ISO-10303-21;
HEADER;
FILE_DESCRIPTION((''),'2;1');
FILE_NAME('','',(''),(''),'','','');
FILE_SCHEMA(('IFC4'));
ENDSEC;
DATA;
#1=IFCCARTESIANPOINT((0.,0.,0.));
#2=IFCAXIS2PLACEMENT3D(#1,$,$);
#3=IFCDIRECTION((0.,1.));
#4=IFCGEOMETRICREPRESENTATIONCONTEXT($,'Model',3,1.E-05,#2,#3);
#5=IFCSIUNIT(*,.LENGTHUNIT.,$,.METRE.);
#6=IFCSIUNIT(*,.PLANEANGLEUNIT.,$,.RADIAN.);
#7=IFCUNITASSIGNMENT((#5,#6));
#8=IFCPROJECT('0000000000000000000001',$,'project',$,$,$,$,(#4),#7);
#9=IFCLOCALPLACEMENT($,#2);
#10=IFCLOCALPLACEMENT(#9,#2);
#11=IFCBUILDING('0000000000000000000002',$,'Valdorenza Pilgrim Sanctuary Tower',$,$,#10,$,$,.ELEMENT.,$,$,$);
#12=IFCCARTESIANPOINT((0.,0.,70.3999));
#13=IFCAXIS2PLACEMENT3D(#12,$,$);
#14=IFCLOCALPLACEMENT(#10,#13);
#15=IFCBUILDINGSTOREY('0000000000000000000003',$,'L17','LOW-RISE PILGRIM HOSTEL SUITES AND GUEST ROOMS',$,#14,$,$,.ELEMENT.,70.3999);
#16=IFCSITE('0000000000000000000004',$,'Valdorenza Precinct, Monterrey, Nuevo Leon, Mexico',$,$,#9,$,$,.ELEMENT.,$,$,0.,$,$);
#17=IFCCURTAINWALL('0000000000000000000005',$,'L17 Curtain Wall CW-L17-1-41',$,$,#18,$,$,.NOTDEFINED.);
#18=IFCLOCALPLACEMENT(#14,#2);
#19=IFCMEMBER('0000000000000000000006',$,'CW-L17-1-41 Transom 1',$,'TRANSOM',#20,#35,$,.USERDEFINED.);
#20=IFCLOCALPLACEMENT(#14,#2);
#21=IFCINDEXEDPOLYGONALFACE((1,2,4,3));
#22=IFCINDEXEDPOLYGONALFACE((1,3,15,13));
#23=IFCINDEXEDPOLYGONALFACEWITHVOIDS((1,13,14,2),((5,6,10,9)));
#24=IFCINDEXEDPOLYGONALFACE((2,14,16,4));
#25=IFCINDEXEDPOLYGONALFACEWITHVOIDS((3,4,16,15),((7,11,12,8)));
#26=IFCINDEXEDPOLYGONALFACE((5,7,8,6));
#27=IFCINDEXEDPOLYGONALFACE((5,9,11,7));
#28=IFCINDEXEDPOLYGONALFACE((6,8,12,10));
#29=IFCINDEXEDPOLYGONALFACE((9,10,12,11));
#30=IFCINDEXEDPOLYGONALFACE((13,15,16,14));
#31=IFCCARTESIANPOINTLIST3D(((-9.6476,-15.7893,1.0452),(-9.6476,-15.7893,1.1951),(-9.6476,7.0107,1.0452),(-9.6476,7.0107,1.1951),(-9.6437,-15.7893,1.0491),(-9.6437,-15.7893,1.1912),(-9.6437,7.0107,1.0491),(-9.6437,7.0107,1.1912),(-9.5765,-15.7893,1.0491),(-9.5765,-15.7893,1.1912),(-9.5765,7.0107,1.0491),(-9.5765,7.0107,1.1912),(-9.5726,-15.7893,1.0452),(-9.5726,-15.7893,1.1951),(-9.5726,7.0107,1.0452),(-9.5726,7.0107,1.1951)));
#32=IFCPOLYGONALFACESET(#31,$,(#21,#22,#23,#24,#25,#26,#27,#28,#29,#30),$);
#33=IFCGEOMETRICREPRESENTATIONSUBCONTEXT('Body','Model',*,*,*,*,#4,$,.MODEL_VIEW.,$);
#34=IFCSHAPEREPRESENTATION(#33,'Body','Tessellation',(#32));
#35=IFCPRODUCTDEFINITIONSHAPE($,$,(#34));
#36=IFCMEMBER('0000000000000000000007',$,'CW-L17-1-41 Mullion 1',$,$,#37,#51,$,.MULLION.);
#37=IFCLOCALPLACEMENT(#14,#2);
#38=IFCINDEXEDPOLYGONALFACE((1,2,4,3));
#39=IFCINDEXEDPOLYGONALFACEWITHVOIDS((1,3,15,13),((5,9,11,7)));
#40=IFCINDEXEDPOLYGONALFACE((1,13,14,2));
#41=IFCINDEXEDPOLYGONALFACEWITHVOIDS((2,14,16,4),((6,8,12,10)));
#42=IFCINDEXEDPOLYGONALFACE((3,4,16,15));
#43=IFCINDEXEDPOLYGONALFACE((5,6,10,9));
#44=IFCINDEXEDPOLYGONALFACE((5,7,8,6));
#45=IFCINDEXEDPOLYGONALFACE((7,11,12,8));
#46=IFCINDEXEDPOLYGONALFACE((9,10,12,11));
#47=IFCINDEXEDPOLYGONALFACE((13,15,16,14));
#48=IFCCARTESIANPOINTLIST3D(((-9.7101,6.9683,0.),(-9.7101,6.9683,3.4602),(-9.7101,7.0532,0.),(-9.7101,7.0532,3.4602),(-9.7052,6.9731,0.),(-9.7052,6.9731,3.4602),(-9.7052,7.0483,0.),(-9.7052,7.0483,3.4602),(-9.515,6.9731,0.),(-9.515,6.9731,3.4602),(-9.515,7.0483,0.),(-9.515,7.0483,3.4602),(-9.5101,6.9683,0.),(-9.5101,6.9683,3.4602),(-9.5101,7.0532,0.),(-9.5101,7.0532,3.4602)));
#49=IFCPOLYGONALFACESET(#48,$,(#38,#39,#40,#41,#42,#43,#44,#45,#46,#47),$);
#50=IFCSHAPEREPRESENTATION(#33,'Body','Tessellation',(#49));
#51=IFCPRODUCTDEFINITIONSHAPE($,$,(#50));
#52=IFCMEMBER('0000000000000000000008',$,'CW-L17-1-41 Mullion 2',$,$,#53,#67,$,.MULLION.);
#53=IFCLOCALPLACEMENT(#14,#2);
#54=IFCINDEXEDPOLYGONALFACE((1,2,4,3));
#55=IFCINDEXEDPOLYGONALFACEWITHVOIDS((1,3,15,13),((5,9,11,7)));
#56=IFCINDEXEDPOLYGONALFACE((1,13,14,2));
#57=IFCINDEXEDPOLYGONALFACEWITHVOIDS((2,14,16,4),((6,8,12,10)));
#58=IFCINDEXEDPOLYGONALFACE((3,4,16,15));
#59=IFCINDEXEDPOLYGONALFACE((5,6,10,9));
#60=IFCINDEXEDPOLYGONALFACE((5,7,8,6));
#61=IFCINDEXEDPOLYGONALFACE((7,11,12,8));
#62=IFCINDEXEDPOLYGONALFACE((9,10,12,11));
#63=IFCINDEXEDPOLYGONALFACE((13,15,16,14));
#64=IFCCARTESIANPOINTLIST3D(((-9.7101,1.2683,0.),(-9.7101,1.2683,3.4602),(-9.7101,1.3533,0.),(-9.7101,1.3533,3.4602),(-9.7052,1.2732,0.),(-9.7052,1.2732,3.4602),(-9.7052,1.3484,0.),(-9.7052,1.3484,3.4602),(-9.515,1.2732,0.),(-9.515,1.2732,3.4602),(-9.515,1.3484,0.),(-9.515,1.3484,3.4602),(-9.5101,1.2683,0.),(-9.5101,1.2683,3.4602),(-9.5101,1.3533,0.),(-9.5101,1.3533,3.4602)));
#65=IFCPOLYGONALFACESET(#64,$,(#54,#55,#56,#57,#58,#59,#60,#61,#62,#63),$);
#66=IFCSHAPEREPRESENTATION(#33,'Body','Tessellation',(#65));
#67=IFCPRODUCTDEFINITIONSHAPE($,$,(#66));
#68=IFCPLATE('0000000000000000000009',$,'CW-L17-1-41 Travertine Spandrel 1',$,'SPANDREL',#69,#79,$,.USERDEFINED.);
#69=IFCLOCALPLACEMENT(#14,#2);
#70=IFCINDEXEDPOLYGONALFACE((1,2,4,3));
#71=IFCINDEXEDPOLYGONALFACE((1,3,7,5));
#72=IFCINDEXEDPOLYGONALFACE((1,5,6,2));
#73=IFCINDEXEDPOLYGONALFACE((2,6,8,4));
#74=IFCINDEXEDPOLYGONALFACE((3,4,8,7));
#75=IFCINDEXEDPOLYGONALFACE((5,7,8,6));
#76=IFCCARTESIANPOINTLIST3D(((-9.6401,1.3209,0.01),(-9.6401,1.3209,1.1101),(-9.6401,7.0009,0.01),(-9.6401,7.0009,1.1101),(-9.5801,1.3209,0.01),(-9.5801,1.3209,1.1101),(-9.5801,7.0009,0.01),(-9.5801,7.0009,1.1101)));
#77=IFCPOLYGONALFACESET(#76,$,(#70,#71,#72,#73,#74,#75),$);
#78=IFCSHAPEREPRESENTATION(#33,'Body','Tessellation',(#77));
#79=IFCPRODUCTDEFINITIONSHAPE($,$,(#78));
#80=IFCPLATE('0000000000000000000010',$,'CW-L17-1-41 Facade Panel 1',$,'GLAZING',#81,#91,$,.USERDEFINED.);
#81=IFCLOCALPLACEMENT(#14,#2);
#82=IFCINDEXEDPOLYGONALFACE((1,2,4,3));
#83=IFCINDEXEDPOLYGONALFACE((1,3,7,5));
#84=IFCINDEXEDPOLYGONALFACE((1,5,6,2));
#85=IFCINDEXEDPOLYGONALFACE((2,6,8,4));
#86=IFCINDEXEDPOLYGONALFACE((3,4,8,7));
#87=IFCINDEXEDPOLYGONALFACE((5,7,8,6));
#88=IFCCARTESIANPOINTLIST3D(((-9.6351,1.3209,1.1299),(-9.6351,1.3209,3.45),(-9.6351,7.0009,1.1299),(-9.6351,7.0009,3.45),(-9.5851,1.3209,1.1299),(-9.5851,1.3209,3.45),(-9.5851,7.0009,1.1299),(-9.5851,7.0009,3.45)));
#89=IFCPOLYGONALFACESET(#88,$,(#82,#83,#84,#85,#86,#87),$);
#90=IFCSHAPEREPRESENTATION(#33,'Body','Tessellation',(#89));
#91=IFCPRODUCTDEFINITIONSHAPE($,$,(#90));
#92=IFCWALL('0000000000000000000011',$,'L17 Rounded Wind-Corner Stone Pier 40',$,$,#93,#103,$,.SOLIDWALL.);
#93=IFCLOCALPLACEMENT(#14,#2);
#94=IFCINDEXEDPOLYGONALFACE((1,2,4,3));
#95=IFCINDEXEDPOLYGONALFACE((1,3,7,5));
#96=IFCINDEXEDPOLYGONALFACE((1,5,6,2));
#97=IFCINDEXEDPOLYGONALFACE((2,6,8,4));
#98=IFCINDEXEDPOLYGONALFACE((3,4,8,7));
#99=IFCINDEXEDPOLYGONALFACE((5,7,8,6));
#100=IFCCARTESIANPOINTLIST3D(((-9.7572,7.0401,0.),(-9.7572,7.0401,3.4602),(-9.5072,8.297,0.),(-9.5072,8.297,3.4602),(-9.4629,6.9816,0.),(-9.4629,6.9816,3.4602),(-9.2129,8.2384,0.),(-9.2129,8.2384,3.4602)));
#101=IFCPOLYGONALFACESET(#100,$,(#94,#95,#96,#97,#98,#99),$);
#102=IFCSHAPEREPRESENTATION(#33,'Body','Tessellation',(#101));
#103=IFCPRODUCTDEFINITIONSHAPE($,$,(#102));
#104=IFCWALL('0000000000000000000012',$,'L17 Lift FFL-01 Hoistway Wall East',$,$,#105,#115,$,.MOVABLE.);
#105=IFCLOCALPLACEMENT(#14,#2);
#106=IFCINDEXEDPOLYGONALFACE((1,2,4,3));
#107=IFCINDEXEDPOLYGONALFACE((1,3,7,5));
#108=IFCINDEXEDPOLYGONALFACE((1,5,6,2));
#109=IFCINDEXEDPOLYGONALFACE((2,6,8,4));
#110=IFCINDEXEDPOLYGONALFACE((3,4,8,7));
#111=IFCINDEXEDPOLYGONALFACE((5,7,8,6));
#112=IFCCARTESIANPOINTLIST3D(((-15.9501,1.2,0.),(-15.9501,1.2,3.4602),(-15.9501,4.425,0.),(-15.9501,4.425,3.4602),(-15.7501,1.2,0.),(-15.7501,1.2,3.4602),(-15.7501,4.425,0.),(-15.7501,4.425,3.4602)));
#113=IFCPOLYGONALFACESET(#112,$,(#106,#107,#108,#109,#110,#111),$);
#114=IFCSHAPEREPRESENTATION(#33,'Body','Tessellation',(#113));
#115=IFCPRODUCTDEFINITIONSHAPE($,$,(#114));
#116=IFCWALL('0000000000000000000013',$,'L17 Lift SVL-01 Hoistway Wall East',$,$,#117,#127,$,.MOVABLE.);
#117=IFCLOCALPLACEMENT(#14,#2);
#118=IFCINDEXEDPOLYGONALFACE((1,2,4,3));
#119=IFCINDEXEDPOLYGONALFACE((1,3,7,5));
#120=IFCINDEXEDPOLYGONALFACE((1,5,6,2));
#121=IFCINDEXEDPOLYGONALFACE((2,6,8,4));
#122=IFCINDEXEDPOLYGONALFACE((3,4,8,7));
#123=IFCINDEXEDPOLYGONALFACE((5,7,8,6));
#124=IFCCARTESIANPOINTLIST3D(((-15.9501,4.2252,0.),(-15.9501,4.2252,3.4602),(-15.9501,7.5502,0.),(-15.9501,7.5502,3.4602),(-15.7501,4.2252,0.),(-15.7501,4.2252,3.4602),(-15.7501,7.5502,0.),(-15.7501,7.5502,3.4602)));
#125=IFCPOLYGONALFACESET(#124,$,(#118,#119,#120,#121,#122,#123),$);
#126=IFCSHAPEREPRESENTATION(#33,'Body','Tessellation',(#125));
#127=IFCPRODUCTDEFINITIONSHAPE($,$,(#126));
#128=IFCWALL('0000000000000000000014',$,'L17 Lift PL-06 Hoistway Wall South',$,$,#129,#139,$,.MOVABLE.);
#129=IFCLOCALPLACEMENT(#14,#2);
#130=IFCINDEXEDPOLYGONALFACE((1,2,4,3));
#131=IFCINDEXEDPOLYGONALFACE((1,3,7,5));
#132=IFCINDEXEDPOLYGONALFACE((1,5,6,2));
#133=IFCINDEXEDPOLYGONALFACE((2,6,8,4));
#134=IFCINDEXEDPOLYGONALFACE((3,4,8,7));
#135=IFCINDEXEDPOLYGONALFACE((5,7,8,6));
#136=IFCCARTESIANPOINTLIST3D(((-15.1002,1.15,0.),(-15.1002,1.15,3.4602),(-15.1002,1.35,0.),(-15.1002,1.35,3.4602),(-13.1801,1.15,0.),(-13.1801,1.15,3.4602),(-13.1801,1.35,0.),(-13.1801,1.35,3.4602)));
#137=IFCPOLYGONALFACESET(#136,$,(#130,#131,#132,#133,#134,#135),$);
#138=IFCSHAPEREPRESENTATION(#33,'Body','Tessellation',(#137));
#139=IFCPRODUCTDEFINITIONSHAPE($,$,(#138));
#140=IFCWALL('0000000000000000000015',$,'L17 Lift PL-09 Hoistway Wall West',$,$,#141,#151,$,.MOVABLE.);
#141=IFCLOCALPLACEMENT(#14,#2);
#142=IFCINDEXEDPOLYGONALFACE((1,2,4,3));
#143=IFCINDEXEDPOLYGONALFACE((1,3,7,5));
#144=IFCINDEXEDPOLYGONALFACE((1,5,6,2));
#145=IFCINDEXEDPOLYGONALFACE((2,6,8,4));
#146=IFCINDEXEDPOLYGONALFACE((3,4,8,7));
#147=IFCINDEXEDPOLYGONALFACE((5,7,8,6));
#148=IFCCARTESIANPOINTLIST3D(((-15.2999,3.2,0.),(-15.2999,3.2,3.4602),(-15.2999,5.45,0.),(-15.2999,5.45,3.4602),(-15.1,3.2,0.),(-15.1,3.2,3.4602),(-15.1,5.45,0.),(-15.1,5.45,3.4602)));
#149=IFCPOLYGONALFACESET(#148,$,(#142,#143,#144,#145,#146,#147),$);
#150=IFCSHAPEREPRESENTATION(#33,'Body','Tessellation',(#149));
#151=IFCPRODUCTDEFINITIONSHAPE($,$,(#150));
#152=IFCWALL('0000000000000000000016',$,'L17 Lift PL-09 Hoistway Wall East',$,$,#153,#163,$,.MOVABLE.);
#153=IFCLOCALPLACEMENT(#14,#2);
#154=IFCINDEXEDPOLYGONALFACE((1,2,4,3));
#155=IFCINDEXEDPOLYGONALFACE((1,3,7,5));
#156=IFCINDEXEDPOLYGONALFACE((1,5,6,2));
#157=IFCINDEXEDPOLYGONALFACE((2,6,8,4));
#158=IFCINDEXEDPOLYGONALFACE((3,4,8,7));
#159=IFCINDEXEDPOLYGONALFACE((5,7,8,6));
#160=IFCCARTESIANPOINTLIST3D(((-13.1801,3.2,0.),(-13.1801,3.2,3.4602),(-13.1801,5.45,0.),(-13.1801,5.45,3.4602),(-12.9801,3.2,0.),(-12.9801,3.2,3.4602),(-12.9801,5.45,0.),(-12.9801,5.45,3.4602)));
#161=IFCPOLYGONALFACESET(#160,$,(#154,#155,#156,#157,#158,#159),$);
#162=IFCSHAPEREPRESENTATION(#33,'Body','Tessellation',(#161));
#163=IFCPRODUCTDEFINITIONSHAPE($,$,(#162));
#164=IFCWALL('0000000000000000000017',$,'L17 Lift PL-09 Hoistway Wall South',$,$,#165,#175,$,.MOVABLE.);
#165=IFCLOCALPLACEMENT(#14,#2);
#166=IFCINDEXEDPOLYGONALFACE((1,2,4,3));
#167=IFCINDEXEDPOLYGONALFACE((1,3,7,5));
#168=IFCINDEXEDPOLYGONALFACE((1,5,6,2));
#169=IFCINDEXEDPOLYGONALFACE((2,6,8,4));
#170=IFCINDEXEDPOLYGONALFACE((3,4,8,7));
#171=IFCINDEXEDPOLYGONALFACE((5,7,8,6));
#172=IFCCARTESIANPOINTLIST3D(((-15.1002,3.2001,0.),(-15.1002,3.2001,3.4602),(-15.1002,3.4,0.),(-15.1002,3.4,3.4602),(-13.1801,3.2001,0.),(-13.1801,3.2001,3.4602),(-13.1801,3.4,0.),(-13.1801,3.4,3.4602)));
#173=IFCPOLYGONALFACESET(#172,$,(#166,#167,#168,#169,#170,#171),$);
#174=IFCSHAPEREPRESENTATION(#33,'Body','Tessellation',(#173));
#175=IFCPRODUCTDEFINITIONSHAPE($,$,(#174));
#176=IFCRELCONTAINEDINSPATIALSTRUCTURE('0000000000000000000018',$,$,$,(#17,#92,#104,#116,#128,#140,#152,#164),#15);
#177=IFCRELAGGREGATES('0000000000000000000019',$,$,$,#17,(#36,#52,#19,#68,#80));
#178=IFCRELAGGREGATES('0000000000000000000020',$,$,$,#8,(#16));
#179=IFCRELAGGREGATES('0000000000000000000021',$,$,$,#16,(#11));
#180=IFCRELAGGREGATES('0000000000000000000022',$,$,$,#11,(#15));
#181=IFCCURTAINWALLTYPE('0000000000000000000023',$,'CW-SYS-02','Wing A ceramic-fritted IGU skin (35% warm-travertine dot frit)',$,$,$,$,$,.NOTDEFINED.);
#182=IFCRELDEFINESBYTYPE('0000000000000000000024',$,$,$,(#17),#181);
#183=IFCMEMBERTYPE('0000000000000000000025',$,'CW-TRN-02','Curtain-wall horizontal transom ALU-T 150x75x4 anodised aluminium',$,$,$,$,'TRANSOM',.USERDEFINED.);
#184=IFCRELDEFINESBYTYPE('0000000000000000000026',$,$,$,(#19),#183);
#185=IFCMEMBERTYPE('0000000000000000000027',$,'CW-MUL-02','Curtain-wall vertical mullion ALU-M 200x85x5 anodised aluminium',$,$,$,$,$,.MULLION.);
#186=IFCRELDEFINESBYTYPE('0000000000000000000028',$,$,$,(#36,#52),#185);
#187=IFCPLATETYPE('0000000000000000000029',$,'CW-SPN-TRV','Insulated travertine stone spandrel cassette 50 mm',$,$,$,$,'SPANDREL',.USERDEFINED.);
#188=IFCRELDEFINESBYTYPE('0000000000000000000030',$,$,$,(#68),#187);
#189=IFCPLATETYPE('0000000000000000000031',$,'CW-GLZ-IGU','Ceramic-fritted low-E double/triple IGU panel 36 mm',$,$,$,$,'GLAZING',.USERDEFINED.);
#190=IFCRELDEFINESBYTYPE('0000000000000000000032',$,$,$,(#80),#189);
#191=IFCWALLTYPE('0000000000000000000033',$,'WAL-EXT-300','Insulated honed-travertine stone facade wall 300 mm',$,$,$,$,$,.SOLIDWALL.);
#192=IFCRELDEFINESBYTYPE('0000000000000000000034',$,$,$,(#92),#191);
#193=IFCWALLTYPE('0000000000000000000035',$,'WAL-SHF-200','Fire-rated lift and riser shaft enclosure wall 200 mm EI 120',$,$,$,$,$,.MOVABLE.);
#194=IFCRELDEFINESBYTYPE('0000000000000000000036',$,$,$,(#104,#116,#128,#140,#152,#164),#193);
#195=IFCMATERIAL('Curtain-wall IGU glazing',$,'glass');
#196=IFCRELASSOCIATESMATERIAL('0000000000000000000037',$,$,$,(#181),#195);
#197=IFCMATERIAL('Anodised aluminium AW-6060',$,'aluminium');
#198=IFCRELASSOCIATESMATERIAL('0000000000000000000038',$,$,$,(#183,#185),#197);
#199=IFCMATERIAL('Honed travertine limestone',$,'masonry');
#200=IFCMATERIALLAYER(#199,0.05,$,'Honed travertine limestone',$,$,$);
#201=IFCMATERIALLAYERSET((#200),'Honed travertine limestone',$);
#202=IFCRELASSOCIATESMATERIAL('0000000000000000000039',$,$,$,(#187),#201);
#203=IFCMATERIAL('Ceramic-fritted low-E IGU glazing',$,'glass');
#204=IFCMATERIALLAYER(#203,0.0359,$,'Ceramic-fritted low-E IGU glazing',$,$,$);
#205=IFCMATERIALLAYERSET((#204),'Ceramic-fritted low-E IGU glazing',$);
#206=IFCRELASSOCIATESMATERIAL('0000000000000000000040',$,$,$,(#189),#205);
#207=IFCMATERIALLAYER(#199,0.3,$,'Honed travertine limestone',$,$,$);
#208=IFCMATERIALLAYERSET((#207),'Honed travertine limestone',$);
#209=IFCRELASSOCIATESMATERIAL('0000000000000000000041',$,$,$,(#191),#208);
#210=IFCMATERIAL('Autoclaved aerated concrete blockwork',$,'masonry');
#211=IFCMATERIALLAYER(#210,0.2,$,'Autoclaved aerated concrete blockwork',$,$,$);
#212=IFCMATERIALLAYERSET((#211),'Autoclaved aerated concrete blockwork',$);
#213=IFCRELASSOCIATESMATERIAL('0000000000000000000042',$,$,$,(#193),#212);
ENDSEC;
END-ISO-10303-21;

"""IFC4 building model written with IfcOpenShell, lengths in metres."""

from ifc_helpers import new_model, si_unit, direction, frame, frame_2d, origin, origin_2d, place, context, subcontext, project, spatial, rectangle, hollow_rectangle, extrude, source, transform, mapped, material, layer, layer_set, material_profile, profile_set, type_object, element, aggregate, save


model = new_model("IFC4")

# Units and contexts
model_context = context("Model", 3, precision=1e-05, world=origin(), true_north=direction((0.0, 1.0)))
body_context = subcontext(model_context, "Body", "Model", "MODEL_VIEW")
ifc_project = project(units=[si_unit("LENGTHUNIT", "METRE"), si_unit("PLANEANGLEUNIT", "RADIAN")], contexts=[model_context])

# Site, building, storey
site_placement = place(None, origin())
site = spatial("IfcSite", under=ifc_project, at=site_placement, Name="Valdorenza Precinct, Monterrey, Nuevo Leon, Mexico", CompositionType="ELEMENT", RefElevation=0.0)
building_placement = place(site_placement, origin())
building = spatial("IfcBuilding", under=site, at=building_placement, Name="Valdorenza Pilgrim Sanctuary Tower", CompositionType="ELEMENT")
storey_placement = place(building_placement, frame((0.0, 0.0, 70.3999)))
storey = spatial("IfcBuildingStorey", under=building, at=storey_placement, Name="L17", Description="LOW-RISE PILGRIM HOSTEL SUITES AND GUEST ROOMS", CompositionType="ELEMENT", Elevation=70.3999)

# Curtain wall, members, plates
ifc_material_1 = material(Name="Curtain-wall IGU glazing", Category="glass")
curtain_wall_type = type_object("IfcCurtainWallType", Name="CW-SYS-02", Description="Wing A ceramic-fritted IGU skin (35% warm-travertine dot frit)", PredefinedType="NOTDEFINED", material=ifc_material_1)
curtain_wall_placement = place(storey_placement, origin())
curtain_wall = element("IfcCurtainWall", 1, at=curtain_wall_placement, inside=storey, type_object=curtain_wall_type, Name="L17 Curtain Wall CW-L17-1-41", PredefinedType="NOTDEFINED")
ifc_material_2 = material(Name="Anodised aluminium AW-6060", Category="aluminium")
ifc_material_profile_1 = material_profile(ifc_material_2, hollow_rectangle(XDim=0.075, YDim=0.1499, WallThickness=0.0039, at=origin_2d()), Name="ALU-T 150x75x4")
ifc_profile_set_1 = profile_set([ifc_material_profile_1], Name="Anodised aluminium AW-6060")
member_type_1 = type_object("IfcMemberType", Name="CW-TRN-02", Description="Curtain-wall horizontal transom ALU-T 150x75x4 anodised aluminium", ElementType="TRANSOM", PredefinedType="USERDEFINED", material=ifc_profile_set_1)
shared_shape_1 = source(origin(), body_context, "Body", "SweptSolid", [
    extrude(hollow_rectangle(XDim=0.075, YDim=0.1499, WallThickness=0.0039, at=origin_2d()), origin(), (0.0, 0.0, 1.0), 22.8),
])
member_1_placement = place(storey_placement, frame((-9.6101, 7.0107, 1.1201), z_axis=(0.0, -1.0, 0.0), x_axis=(1.0, 0.0, 0.0)))
member_1 = element("IfcMember", 2, at=member_1_placement, type_object=member_type_1, Name="CW-L17-1-41 Transom 1", ObjectType="TRANSOM", PredefinedType="USERDEFINED", context=body_context, shape_type="MappedRepresentation", body=[
    mapped(shared_shape_1, transform((0.0, 0.0, 0.0), x_axis=(1.0, 0.0, 0.0), y_axis=(0.0, 1.0, 0.0), z_axis=(0.0, 0.0, 1.0), scale=1.0)),
])
ifc_material_profile_2 = material_profile(ifc_material_2, hollow_rectangle(XDim=0.085, YDim=0.2, WallThickness=0.0049, at=origin_2d()), Name="ALU-M 200x85x5")
ifc_profile_set_2 = profile_set([ifc_material_profile_2], Name="Anodised aluminium AW-6060")
member_type_2 = type_object("IfcMemberType", Name="CW-MUL-02", Description="Curtain-wall vertical mullion ALU-M 200x85x5 anodised aluminium", PredefinedType="MULLION", material=ifc_profile_set_2)
shared_shape_2 = source(origin(), body_context, "Body", "SweptSolid", [
    extrude(hollow_rectangle(XDim=0.085, YDim=0.2, WallThickness=0.0049, at=origin_2d()), origin(), (0.0, 0.0, 1.0), 3.4602),
])
member_2_placement = place(storey_placement, frame((-9.6101, 7.0107, 0.0), z_axis=(0.0, 0.0, 1.0), x_axis=(0.0, -1.0, 0.0)))
member_2 = element("IfcMember", 3, at=member_2_placement, type_object=member_type_2, Name="CW-L17-1-41 Mullion 1", PredefinedType="MULLION", context=body_context, shape_type="MappedRepresentation", body=[
    mapped(shared_shape_2, transform((0.0, 0.0, 0.0), x_axis=(1.0, 0.0, 0.0), y_axis=(0.0, 1.0, 0.0), z_axis=(0.0, 0.0, 1.0), scale=1.0)),
])
member_3_placement = place(storey_placement, frame((-9.6101, 1.3108, 0.0), z_axis=(0.0, 0.0, 1.0), x_axis=(0.0, -1.0, 0.0)))
member_3 = element("IfcMember", 4, at=member_3_placement, type_object=member_type_2, Name="CW-L17-1-41 Mullion 2", PredefinedType="MULLION", context=body_context, shape_type="MappedRepresentation", body=[
    mapped(shared_shape_2, transform((0.0, 0.0, 0.0), x_axis=(1.0, 0.0, 0.0), y_axis=(0.0, 1.0, 0.0), z_axis=(0.0, 0.0, 1.0), scale=1.0)),
])
ifc_material_3 = material(Name="Honed travertine limestone", Category="masonry")
ifc_layer_1 = layer(ifc_material_3, 0.05, Name="Honed travertine limestone")
ifc_layer_set_1 = layer_set([ifc_layer_1], Name="Honed travertine limestone")
plate_type_1 = type_object("IfcPlateType", Name="CW-SPN-TRV", Description="Insulated travertine stone spandrel cassette 50 mm", ElementType="SPANDREL", PredefinedType="USERDEFINED", material=ifc_layer_set_1)
shared_shape_3 = source(origin(), body_context, "Body", "SweptSolid", [
    extrude(rectangle(XDim=5.6799, YDim=0.0601, at=origin_2d()), origin(), (0.0, 0.0, 1.0), 1.1001),
])
plate_1_placement = place(storey_placement, frame((-9.6101, 4.1609, 0.01), z_axis=(0.0, 0.0, 1.0), x_axis=(0.0, -1.0, 0.0)))
plate_1 = element("IfcPlate", 5, at=plate_1_placement, type_object=plate_type_1, Name="CW-L17-1-41 Travertine Spandrel 1", ObjectType="SPANDREL", PredefinedType="USERDEFINED", context=body_context, shape_type="MappedRepresentation", body=[
    mapped(shared_shape_3, transform((0.0, 0.0, 0.0), x_axis=(1.0, 0.0, 0.0), y_axis=(0.0, 1.0, 0.0), z_axis=(0.0, 0.0, 1.0), scale=1.0)),
])
ifc_material_4 = material(Name="Ceramic-fritted low-E IGU glazing", Category="glass")
ifc_layer_2 = layer(ifc_material_4, 0.0359, Name="Ceramic-fritted low-E IGU glazing")
ifc_layer_set_2 = layer_set([ifc_layer_2], Name="Ceramic-fritted low-E IGU glazing")
plate_type_2 = type_object("IfcPlateType", Name="CW-GLZ-IGU", Description="Ceramic-fritted low-E double/triple IGU panel 36 mm", ElementType="GLAZING", PredefinedType="USERDEFINED", material=ifc_layer_set_2)
shared_shape_4 = source(origin(), body_context, "Body", "SweptSolid", [
    extrude(rectangle(XDim=5.6799, YDim=0.05, at=origin_2d()), origin(), (0.0, 0.0, 1.0), 2.3201),
])
plate_2_placement = place(storey_placement, frame((-9.6101, 4.1609, 1.1299), z_axis=(0.0, 0.0, 1.0), x_axis=(0.0, -1.0, 0.0)))
plate_2 = element("IfcPlate", 6, at=plate_2_placement, type_object=plate_type_2, Name="CW-L17-1-41 Facade Panel 1", ObjectType="GLAZING", PredefinedType="USERDEFINED", context=body_context, shape_type="MappedRepresentation", body=[
    mapped(shared_shape_4, transform((0.0, 0.0, 0.0), x_axis=(1.0, 0.0, 0.0), y_axis=(0.0, 1.0, 0.0), z_axis=(0.0, 0.0, 1.0), scale=1.0)),
])
aggregate(curtain_wall, [member_2, member_3, member_1, plate_1, plate_2])

# Walls
ifc_layer_3 = layer(ifc_material_3, 0.3, Name="Honed travertine limestone")
ifc_layer_set_3 = layer_set([ifc_layer_3], Name="Honed travertine limestone")
wall_type_1 = type_object("IfcWallType", Name="WAL-EXT-300", Description="Insulated honed-travertine stone facade wall 300 mm", PredefinedType="SOLIDWALL", material=ifc_layer_set_3)
wall_1_placement = place(storey_placement, frame((-9.3601, 8.2676, 0.0), z_axis=(0.0, 0.0, 1.0), x_axis=(-0.19509, -0.980785, 0.0)))
element("IfcWall", 7, at=wall_1_placement, inside=storey, type_object=wall_type_1, Name="L17 Rounded Wind-Corner Stone Pier 40", PredefinedType="SOLIDWALL", context=body_context, shape_type="SweptSolid", body=[
    extrude(rectangle(XDim=1.2815, YDim=0.3, at=frame_2d((0.6406, 0.0))), origin(), (0.0, 0.0, 1.0), 3.4602),
])
ifc_material_5 = material(Name="Autoclaved aerated concrete blockwork", Category="masonry")
ifc_layer_4 = layer(ifc_material_5, 0.2, Name="Autoclaved aerated concrete blockwork")
ifc_layer_set_4 = layer_set([ifc_layer_4], Name="Autoclaved aerated concrete blockwork")
wall_type_2 = type_object("IfcWallType", Name="WAL-SHF-200", Description="Fire-rated lift and riser shaft enclosure wall 200 mm EI 120", PredefinedType="MOVABLE", material=ifc_layer_set_4)
wall_2_placement = place(storey_placement, frame((-15.8501, 1.2, 0.0), z_axis=(0.0, 0.0, 1.0), x_axis=(0.0, 1.0, 0.0)))
element("IfcWall", 8, at=wall_2_placement, inside=storey, type_object=wall_type_2, Name="L17 Lift FFL-01 Hoistway Wall East", PredefinedType="MOVABLE", context=body_context, shape_type="SweptSolid", body=[
    extrude(rectangle(XDim=3.2251, YDim=0.2, at=frame_2d((1.6125, 0.0))), origin(), (0.0, 0.0, 1.0), 3.4602),
])
wall_3_placement = place(storey_placement, frame((-15.8501, 4.2251, 0.0), z_axis=(0.0, 0.0, 1.0), x_axis=(0.0, 1.0, 0.0)))
element("IfcWall", 9, at=wall_3_placement, inside=storey, type_object=wall_type_2, Name="L17 Lift SVL-01 Hoistway Wall East", PredefinedType="MOVABLE", context=body_context, shape_type="SweptSolid", body=[
    extrude(rectangle(XDim=3.325, YDim=0.2, at=frame_2d((1.6626, 0.0))), origin(), (0.0, 0.0, 1.0), 3.4602),
])
wall_4_placement = place(storey_placement, frame((-15.1001, 1.25, 0.0), z_axis=(0.0, 0.0, 1.0), x_axis=(1.0, 0.0, 0.0)))
element("IfcWall", 10, at=wall_4_placement, inside=storey, type_object=wall_type_2, Name="L17 Lift PL-06 Hoistway Wall South", PredefinedType="MOVABLE", context=body_context, shape_type="SweptSolid", body=[
    extrude(rectangle(XDim=1.9202, YDim=0.2, at=frame_2d((0.96, 0.0))), origin(), (0.0, 0.0, 1.0), 3.4602),
])
for number, where, z_axis, x_axis, name in (
    (11, (-15.2, 3.2, 0.0), (0.0, 0.0, 1.0), (0.0, 1.0, 0.0), "L17 Lift PL-09 Hoistway Wall West"),
    (12, (-13.0801, 3.2, 0.0), (0.0, 0.0, 1.0), (0.0, 1.0, 0.0), "L17 Lift PL-09 Hoistway Wall East"),
):
    element("IfcWall", number, at=place(storey_placement, frame(where, z_axis=z_axis, x_axis=x_axis)), inside=storey, type_object=wall_type_2, Name=name, PredefinedType="MOVABLE", context=body_context, shape_type="SweptSolid", body=[
        extrude(rectangle(XDim=2.25, YDim=0.2, at=frame_2d((1.125, 0.0))), origin(), (0.0, 0.0, 1.0), 3.4602),
    ])
for number, where, z_axis, x_axis, name in (
    (13, (-15.1001, 3.3, 0.0), (0.0, 0.0, 1.0), (1.0, 0.0, 0.0), "L17 Lift PL-09 Hoistway Wall South"),
):
    element("IfcWall", number, at=place(storey_placement, frame(where, z_axis=z_axis, x_axis=x_axis)), inside=storey, type_object=wall_type_2, Name=name, PredefinedType="MOVABLE", context=body_context, shape_type="SweptSolid", body=[
        extrude(rectangle(XDim=1.9202, YDim=0.2, at=frame_2d((0.96, 0.0))), origin(), (0.0, 0.0, 1.0), 3.4602),
    ])

save(model, "model.ifc")
